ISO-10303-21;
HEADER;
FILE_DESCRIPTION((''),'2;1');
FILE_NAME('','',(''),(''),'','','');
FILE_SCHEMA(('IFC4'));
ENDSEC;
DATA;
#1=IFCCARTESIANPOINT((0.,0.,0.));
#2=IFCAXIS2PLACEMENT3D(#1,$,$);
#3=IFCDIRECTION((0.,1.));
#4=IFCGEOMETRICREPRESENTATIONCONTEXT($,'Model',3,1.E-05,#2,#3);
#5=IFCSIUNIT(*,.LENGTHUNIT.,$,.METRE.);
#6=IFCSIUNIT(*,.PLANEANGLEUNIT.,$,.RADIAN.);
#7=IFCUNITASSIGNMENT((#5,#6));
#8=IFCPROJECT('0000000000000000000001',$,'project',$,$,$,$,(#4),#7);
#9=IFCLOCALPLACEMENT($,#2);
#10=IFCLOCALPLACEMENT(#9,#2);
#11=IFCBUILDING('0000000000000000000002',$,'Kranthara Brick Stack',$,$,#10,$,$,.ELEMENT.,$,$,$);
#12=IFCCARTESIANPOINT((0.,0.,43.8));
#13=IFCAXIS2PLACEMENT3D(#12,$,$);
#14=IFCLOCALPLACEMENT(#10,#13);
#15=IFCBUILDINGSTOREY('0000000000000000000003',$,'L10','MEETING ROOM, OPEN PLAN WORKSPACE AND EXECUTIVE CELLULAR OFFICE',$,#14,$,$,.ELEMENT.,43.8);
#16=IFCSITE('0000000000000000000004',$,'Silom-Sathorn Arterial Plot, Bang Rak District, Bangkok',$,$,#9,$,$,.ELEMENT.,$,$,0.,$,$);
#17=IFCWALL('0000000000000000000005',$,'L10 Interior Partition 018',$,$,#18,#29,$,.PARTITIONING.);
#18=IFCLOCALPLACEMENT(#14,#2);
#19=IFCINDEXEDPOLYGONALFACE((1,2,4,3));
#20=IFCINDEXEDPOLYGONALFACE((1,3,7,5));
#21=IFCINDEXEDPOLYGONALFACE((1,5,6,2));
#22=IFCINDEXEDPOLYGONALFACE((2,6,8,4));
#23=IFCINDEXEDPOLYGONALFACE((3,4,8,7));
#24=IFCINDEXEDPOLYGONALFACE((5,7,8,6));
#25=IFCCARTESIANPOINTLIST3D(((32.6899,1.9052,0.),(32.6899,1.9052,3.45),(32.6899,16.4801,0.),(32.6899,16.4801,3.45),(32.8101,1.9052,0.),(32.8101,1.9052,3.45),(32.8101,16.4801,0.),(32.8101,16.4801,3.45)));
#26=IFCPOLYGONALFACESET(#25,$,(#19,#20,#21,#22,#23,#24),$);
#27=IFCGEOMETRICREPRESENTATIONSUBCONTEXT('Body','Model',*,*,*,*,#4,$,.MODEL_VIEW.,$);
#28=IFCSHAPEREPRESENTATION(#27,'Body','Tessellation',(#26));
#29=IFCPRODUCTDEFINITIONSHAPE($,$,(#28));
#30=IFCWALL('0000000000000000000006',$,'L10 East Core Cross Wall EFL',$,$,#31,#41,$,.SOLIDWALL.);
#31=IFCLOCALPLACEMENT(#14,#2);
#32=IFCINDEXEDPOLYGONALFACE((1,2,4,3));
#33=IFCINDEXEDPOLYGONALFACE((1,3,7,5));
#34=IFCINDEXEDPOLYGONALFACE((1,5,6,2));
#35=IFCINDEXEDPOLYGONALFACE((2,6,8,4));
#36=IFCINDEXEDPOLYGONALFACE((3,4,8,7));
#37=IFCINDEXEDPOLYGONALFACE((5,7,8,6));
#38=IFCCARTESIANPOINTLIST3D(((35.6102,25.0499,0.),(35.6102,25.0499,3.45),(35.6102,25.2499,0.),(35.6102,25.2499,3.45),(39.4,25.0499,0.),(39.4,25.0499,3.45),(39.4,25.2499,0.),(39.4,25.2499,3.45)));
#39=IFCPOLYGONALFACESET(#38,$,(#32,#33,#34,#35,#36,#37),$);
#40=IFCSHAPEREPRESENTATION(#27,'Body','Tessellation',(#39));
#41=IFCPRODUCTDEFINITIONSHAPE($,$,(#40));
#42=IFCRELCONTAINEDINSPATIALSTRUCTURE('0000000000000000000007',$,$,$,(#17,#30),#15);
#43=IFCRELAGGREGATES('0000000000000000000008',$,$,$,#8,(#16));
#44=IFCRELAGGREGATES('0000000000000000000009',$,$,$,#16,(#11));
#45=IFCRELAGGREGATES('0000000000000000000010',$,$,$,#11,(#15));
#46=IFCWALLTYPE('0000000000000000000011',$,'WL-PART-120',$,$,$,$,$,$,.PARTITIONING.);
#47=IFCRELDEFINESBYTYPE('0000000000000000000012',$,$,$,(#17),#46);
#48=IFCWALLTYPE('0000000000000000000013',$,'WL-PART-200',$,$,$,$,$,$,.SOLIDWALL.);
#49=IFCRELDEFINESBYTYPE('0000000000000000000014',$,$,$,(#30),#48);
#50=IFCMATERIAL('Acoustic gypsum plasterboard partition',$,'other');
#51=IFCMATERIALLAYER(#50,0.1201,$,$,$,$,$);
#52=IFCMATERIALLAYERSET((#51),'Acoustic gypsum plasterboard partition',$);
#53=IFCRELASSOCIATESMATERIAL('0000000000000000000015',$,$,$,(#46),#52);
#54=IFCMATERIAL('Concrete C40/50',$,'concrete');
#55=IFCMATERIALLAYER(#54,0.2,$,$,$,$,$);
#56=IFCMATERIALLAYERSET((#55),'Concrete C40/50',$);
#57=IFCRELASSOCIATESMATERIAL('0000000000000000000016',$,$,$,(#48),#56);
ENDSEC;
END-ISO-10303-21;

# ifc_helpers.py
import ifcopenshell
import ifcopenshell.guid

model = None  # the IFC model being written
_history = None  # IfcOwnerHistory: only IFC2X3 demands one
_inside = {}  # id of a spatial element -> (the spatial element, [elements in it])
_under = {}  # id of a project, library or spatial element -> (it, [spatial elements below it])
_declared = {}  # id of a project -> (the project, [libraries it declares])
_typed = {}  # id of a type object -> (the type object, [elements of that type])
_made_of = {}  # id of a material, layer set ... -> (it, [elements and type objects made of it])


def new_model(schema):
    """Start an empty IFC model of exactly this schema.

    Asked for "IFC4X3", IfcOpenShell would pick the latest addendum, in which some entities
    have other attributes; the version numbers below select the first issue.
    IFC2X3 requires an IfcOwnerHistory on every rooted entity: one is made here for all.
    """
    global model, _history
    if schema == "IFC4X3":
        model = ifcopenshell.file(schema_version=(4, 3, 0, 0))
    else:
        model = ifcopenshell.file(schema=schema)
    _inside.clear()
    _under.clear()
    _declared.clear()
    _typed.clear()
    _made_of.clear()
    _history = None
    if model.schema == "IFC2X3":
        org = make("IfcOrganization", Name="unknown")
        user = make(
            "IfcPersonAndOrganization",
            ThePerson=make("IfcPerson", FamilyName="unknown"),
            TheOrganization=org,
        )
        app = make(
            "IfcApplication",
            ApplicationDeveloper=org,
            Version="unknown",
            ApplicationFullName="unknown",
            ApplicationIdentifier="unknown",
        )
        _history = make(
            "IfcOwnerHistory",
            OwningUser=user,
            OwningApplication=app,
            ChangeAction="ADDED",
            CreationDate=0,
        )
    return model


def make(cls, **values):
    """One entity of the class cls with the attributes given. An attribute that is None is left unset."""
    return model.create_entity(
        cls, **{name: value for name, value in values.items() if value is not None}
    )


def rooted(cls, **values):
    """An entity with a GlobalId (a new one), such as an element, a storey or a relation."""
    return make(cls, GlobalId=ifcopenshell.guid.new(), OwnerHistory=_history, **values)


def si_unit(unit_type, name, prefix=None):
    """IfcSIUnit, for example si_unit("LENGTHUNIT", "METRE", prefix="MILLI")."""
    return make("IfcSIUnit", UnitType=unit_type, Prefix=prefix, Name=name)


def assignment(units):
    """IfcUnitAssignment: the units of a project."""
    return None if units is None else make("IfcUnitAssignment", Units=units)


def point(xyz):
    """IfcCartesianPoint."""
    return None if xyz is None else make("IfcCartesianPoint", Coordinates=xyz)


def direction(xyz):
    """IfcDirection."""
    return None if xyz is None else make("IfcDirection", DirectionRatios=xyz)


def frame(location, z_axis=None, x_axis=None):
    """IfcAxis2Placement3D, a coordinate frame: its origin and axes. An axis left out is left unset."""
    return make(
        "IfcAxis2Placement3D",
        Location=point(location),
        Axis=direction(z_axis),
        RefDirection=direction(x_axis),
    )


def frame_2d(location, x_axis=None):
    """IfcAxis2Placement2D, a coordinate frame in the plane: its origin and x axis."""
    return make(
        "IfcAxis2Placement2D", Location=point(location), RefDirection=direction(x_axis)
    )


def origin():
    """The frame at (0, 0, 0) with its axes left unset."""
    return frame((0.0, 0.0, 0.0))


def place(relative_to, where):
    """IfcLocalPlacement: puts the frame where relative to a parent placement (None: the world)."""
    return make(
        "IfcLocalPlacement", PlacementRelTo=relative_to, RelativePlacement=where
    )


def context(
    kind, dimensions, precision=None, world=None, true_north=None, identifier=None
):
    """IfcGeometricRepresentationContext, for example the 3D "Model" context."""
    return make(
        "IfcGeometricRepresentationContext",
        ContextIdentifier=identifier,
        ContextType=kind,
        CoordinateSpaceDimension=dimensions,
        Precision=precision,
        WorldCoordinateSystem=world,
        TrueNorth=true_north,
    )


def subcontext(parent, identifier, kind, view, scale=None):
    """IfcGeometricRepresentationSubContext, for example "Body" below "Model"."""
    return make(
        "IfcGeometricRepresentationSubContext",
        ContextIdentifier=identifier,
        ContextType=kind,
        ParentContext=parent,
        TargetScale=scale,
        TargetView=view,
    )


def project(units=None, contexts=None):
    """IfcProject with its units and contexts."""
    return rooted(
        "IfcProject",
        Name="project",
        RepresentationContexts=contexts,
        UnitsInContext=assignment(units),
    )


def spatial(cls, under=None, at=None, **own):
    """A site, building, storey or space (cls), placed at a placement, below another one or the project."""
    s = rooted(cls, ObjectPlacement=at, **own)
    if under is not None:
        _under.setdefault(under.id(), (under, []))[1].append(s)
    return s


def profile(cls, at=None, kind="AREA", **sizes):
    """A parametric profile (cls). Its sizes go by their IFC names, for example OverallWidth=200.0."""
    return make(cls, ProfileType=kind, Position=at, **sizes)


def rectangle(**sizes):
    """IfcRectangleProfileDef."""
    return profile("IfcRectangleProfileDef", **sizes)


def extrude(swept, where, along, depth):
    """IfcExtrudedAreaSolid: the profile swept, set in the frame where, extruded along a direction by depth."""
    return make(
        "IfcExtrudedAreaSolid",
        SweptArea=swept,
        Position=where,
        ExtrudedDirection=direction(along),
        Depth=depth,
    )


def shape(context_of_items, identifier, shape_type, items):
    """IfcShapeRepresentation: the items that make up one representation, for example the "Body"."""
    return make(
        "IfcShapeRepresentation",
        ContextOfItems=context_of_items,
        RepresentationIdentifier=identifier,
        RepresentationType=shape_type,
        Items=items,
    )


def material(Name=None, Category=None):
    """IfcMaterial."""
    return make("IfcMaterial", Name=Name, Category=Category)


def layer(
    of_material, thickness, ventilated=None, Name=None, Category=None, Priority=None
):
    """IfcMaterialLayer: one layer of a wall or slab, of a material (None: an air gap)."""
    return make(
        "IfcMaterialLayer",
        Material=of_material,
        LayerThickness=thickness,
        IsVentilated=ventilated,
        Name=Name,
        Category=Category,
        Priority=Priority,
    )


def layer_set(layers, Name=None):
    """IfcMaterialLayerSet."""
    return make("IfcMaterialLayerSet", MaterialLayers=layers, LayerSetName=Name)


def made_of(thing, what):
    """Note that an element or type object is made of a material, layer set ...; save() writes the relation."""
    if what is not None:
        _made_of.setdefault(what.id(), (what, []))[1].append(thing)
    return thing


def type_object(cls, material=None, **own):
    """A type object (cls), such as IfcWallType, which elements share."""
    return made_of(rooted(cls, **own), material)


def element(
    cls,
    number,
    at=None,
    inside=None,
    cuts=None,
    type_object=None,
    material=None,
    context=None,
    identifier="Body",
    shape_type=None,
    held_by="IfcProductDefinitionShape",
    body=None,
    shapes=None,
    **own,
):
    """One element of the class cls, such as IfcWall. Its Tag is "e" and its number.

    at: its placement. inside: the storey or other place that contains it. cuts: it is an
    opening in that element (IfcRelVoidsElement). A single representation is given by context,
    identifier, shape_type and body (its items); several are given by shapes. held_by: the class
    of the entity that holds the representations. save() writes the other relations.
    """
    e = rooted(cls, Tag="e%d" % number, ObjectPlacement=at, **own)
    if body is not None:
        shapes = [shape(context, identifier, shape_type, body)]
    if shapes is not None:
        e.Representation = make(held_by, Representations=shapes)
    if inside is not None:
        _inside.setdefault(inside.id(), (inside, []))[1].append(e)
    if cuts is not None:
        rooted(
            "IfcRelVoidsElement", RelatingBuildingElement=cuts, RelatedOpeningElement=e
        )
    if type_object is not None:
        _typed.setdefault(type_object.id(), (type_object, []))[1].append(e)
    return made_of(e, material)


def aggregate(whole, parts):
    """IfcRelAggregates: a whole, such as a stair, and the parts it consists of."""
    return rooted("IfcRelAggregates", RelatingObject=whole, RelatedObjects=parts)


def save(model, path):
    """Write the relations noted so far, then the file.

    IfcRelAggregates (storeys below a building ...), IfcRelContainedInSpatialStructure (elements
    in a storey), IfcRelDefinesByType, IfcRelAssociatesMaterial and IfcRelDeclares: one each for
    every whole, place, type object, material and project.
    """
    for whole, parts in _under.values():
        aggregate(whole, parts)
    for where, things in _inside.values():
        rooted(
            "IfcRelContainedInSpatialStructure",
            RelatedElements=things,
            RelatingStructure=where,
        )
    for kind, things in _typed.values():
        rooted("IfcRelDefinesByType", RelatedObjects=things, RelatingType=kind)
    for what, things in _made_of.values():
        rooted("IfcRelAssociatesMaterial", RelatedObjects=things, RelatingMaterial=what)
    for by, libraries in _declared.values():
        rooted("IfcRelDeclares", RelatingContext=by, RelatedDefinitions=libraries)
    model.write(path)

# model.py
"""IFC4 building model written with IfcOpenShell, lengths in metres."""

from ifc_helpers import new_model, si_unit, direction, frame, frame_2d, origin, place, context, subcontext, project, spatial, rectangle, extrude, material, layer, layer_set, type_object, element, save


model = new_model("IFC4")

# Units and contexts
model_context = context("Model", 3, precision=1e-05, world=origin(), true_north=direction((0.0, 1.0)))
body_context = subcontext(model_context, "Body", "Model", "MODEL_VIEW")
ifc_project = project(units=[si_unit("LENGTHUNIT", "METRE"), si_unit("PLANEANGLEUNIT", "RADIAN")], contexts=[model_context])

# Site, building, storey
site_placement = place(None, origin())
site = spatial("IfcSite", under=ifc_project, at=site_placement, Name="Silom-Sathorn Arterial Plot, Bang Rak District, Bangkok", CompositionType="ELEMENT", RefElevation=0.0)
building_placement = place(site_placement, origin())
building = spatial("IfcBuilding", under=site, at=building_placement, Name="Kranthara Brick Stack", CompositionType="ELEMENT")
storey_placement = place(building_placement, frame((0.0, 0.0, 43.8)))
storey = spatial("IfcBuildingStorey", under=building, at=storey_placement, Name="L10", Description="MEETING ROOM, OPEN PLAN WORKSPACE AND EXECUTIVE CELLULAR OFFICE", CompositionType="ELEMENT", Elevation=43.8)

# Walls
ifc_material_1 = material(Name="Acoustic gypsum plasterboard partition", Category="other")
ifc_layer_1 = layer(ifc_material_1, 0.1201)
ifc_layer_set_1 = layer_set([ifc_layer_1], Name="Acoustic gypsum plasterboard partition")
wall_type_1 = type_object("IfcWallType", Name="WL-PART-120", PredefinedType="PARTITIONING", material=ifc_layer_set_1)
for number, where, z_axis, x_axis, name in (
    (1, (32.75, 1.905, 0.0), (0.0, 0.0, 1.0), (0.0, 1.0, 0.0), "L10 Interior Partition 018"),
):
    element("IfcWall", number, at=place(storey_placement, frame(where, z_axis=z_axis, x_axis=x_axis)), inside=storey, type_object=wall_type_1, Name=name, PredefinedType="PARTITIONING", context=body_context, shape_type="SweptSolid", body=[
        extrude(rectangle(XDim=14.575, YDim=0.1201, at=frame_2d((7.2876, 0.0))), origin(), (0.0, 0.0, 1.0), 3.45),
    ])
ifc_material_2 = material(Name="Concrete C40/50", Category="concrete")
ifc_layer_2 = layer(ifc_material_2, 0.2)
ifc_layer_set_2 = layer_set([ifc_layer_2], Name="Concrete C40/50")
wall_type_2 = type_object("IfcWallType", Name="WL-PART-200", PredefinedType="SOLIDWALL", material=ifc_layer_set_2)
wall_1_placement = place(storey_placement, frame((35.6101, 25.1499, 0.0), z_axis=(0.0, 0.0, 1.0), x_axis=(1.0, 0.0, 0.0)))
element("IfcWall", 2, at=wall_1_placement, inside=storey, type_object=wall_type_2, Name="L10 East Core Cross Wall EFL", PredefinedType="SOLIDWALL", context=body_context, shape_type="SweptSolid", body=[
    extrude(rectangle(XDim=3.7898, YDim=0.2, at=frame_2d((1.895, 0.0))), origin(), (0.0, 0.0, 1.0), 3.45),
])

save(model, "model.ifc")
